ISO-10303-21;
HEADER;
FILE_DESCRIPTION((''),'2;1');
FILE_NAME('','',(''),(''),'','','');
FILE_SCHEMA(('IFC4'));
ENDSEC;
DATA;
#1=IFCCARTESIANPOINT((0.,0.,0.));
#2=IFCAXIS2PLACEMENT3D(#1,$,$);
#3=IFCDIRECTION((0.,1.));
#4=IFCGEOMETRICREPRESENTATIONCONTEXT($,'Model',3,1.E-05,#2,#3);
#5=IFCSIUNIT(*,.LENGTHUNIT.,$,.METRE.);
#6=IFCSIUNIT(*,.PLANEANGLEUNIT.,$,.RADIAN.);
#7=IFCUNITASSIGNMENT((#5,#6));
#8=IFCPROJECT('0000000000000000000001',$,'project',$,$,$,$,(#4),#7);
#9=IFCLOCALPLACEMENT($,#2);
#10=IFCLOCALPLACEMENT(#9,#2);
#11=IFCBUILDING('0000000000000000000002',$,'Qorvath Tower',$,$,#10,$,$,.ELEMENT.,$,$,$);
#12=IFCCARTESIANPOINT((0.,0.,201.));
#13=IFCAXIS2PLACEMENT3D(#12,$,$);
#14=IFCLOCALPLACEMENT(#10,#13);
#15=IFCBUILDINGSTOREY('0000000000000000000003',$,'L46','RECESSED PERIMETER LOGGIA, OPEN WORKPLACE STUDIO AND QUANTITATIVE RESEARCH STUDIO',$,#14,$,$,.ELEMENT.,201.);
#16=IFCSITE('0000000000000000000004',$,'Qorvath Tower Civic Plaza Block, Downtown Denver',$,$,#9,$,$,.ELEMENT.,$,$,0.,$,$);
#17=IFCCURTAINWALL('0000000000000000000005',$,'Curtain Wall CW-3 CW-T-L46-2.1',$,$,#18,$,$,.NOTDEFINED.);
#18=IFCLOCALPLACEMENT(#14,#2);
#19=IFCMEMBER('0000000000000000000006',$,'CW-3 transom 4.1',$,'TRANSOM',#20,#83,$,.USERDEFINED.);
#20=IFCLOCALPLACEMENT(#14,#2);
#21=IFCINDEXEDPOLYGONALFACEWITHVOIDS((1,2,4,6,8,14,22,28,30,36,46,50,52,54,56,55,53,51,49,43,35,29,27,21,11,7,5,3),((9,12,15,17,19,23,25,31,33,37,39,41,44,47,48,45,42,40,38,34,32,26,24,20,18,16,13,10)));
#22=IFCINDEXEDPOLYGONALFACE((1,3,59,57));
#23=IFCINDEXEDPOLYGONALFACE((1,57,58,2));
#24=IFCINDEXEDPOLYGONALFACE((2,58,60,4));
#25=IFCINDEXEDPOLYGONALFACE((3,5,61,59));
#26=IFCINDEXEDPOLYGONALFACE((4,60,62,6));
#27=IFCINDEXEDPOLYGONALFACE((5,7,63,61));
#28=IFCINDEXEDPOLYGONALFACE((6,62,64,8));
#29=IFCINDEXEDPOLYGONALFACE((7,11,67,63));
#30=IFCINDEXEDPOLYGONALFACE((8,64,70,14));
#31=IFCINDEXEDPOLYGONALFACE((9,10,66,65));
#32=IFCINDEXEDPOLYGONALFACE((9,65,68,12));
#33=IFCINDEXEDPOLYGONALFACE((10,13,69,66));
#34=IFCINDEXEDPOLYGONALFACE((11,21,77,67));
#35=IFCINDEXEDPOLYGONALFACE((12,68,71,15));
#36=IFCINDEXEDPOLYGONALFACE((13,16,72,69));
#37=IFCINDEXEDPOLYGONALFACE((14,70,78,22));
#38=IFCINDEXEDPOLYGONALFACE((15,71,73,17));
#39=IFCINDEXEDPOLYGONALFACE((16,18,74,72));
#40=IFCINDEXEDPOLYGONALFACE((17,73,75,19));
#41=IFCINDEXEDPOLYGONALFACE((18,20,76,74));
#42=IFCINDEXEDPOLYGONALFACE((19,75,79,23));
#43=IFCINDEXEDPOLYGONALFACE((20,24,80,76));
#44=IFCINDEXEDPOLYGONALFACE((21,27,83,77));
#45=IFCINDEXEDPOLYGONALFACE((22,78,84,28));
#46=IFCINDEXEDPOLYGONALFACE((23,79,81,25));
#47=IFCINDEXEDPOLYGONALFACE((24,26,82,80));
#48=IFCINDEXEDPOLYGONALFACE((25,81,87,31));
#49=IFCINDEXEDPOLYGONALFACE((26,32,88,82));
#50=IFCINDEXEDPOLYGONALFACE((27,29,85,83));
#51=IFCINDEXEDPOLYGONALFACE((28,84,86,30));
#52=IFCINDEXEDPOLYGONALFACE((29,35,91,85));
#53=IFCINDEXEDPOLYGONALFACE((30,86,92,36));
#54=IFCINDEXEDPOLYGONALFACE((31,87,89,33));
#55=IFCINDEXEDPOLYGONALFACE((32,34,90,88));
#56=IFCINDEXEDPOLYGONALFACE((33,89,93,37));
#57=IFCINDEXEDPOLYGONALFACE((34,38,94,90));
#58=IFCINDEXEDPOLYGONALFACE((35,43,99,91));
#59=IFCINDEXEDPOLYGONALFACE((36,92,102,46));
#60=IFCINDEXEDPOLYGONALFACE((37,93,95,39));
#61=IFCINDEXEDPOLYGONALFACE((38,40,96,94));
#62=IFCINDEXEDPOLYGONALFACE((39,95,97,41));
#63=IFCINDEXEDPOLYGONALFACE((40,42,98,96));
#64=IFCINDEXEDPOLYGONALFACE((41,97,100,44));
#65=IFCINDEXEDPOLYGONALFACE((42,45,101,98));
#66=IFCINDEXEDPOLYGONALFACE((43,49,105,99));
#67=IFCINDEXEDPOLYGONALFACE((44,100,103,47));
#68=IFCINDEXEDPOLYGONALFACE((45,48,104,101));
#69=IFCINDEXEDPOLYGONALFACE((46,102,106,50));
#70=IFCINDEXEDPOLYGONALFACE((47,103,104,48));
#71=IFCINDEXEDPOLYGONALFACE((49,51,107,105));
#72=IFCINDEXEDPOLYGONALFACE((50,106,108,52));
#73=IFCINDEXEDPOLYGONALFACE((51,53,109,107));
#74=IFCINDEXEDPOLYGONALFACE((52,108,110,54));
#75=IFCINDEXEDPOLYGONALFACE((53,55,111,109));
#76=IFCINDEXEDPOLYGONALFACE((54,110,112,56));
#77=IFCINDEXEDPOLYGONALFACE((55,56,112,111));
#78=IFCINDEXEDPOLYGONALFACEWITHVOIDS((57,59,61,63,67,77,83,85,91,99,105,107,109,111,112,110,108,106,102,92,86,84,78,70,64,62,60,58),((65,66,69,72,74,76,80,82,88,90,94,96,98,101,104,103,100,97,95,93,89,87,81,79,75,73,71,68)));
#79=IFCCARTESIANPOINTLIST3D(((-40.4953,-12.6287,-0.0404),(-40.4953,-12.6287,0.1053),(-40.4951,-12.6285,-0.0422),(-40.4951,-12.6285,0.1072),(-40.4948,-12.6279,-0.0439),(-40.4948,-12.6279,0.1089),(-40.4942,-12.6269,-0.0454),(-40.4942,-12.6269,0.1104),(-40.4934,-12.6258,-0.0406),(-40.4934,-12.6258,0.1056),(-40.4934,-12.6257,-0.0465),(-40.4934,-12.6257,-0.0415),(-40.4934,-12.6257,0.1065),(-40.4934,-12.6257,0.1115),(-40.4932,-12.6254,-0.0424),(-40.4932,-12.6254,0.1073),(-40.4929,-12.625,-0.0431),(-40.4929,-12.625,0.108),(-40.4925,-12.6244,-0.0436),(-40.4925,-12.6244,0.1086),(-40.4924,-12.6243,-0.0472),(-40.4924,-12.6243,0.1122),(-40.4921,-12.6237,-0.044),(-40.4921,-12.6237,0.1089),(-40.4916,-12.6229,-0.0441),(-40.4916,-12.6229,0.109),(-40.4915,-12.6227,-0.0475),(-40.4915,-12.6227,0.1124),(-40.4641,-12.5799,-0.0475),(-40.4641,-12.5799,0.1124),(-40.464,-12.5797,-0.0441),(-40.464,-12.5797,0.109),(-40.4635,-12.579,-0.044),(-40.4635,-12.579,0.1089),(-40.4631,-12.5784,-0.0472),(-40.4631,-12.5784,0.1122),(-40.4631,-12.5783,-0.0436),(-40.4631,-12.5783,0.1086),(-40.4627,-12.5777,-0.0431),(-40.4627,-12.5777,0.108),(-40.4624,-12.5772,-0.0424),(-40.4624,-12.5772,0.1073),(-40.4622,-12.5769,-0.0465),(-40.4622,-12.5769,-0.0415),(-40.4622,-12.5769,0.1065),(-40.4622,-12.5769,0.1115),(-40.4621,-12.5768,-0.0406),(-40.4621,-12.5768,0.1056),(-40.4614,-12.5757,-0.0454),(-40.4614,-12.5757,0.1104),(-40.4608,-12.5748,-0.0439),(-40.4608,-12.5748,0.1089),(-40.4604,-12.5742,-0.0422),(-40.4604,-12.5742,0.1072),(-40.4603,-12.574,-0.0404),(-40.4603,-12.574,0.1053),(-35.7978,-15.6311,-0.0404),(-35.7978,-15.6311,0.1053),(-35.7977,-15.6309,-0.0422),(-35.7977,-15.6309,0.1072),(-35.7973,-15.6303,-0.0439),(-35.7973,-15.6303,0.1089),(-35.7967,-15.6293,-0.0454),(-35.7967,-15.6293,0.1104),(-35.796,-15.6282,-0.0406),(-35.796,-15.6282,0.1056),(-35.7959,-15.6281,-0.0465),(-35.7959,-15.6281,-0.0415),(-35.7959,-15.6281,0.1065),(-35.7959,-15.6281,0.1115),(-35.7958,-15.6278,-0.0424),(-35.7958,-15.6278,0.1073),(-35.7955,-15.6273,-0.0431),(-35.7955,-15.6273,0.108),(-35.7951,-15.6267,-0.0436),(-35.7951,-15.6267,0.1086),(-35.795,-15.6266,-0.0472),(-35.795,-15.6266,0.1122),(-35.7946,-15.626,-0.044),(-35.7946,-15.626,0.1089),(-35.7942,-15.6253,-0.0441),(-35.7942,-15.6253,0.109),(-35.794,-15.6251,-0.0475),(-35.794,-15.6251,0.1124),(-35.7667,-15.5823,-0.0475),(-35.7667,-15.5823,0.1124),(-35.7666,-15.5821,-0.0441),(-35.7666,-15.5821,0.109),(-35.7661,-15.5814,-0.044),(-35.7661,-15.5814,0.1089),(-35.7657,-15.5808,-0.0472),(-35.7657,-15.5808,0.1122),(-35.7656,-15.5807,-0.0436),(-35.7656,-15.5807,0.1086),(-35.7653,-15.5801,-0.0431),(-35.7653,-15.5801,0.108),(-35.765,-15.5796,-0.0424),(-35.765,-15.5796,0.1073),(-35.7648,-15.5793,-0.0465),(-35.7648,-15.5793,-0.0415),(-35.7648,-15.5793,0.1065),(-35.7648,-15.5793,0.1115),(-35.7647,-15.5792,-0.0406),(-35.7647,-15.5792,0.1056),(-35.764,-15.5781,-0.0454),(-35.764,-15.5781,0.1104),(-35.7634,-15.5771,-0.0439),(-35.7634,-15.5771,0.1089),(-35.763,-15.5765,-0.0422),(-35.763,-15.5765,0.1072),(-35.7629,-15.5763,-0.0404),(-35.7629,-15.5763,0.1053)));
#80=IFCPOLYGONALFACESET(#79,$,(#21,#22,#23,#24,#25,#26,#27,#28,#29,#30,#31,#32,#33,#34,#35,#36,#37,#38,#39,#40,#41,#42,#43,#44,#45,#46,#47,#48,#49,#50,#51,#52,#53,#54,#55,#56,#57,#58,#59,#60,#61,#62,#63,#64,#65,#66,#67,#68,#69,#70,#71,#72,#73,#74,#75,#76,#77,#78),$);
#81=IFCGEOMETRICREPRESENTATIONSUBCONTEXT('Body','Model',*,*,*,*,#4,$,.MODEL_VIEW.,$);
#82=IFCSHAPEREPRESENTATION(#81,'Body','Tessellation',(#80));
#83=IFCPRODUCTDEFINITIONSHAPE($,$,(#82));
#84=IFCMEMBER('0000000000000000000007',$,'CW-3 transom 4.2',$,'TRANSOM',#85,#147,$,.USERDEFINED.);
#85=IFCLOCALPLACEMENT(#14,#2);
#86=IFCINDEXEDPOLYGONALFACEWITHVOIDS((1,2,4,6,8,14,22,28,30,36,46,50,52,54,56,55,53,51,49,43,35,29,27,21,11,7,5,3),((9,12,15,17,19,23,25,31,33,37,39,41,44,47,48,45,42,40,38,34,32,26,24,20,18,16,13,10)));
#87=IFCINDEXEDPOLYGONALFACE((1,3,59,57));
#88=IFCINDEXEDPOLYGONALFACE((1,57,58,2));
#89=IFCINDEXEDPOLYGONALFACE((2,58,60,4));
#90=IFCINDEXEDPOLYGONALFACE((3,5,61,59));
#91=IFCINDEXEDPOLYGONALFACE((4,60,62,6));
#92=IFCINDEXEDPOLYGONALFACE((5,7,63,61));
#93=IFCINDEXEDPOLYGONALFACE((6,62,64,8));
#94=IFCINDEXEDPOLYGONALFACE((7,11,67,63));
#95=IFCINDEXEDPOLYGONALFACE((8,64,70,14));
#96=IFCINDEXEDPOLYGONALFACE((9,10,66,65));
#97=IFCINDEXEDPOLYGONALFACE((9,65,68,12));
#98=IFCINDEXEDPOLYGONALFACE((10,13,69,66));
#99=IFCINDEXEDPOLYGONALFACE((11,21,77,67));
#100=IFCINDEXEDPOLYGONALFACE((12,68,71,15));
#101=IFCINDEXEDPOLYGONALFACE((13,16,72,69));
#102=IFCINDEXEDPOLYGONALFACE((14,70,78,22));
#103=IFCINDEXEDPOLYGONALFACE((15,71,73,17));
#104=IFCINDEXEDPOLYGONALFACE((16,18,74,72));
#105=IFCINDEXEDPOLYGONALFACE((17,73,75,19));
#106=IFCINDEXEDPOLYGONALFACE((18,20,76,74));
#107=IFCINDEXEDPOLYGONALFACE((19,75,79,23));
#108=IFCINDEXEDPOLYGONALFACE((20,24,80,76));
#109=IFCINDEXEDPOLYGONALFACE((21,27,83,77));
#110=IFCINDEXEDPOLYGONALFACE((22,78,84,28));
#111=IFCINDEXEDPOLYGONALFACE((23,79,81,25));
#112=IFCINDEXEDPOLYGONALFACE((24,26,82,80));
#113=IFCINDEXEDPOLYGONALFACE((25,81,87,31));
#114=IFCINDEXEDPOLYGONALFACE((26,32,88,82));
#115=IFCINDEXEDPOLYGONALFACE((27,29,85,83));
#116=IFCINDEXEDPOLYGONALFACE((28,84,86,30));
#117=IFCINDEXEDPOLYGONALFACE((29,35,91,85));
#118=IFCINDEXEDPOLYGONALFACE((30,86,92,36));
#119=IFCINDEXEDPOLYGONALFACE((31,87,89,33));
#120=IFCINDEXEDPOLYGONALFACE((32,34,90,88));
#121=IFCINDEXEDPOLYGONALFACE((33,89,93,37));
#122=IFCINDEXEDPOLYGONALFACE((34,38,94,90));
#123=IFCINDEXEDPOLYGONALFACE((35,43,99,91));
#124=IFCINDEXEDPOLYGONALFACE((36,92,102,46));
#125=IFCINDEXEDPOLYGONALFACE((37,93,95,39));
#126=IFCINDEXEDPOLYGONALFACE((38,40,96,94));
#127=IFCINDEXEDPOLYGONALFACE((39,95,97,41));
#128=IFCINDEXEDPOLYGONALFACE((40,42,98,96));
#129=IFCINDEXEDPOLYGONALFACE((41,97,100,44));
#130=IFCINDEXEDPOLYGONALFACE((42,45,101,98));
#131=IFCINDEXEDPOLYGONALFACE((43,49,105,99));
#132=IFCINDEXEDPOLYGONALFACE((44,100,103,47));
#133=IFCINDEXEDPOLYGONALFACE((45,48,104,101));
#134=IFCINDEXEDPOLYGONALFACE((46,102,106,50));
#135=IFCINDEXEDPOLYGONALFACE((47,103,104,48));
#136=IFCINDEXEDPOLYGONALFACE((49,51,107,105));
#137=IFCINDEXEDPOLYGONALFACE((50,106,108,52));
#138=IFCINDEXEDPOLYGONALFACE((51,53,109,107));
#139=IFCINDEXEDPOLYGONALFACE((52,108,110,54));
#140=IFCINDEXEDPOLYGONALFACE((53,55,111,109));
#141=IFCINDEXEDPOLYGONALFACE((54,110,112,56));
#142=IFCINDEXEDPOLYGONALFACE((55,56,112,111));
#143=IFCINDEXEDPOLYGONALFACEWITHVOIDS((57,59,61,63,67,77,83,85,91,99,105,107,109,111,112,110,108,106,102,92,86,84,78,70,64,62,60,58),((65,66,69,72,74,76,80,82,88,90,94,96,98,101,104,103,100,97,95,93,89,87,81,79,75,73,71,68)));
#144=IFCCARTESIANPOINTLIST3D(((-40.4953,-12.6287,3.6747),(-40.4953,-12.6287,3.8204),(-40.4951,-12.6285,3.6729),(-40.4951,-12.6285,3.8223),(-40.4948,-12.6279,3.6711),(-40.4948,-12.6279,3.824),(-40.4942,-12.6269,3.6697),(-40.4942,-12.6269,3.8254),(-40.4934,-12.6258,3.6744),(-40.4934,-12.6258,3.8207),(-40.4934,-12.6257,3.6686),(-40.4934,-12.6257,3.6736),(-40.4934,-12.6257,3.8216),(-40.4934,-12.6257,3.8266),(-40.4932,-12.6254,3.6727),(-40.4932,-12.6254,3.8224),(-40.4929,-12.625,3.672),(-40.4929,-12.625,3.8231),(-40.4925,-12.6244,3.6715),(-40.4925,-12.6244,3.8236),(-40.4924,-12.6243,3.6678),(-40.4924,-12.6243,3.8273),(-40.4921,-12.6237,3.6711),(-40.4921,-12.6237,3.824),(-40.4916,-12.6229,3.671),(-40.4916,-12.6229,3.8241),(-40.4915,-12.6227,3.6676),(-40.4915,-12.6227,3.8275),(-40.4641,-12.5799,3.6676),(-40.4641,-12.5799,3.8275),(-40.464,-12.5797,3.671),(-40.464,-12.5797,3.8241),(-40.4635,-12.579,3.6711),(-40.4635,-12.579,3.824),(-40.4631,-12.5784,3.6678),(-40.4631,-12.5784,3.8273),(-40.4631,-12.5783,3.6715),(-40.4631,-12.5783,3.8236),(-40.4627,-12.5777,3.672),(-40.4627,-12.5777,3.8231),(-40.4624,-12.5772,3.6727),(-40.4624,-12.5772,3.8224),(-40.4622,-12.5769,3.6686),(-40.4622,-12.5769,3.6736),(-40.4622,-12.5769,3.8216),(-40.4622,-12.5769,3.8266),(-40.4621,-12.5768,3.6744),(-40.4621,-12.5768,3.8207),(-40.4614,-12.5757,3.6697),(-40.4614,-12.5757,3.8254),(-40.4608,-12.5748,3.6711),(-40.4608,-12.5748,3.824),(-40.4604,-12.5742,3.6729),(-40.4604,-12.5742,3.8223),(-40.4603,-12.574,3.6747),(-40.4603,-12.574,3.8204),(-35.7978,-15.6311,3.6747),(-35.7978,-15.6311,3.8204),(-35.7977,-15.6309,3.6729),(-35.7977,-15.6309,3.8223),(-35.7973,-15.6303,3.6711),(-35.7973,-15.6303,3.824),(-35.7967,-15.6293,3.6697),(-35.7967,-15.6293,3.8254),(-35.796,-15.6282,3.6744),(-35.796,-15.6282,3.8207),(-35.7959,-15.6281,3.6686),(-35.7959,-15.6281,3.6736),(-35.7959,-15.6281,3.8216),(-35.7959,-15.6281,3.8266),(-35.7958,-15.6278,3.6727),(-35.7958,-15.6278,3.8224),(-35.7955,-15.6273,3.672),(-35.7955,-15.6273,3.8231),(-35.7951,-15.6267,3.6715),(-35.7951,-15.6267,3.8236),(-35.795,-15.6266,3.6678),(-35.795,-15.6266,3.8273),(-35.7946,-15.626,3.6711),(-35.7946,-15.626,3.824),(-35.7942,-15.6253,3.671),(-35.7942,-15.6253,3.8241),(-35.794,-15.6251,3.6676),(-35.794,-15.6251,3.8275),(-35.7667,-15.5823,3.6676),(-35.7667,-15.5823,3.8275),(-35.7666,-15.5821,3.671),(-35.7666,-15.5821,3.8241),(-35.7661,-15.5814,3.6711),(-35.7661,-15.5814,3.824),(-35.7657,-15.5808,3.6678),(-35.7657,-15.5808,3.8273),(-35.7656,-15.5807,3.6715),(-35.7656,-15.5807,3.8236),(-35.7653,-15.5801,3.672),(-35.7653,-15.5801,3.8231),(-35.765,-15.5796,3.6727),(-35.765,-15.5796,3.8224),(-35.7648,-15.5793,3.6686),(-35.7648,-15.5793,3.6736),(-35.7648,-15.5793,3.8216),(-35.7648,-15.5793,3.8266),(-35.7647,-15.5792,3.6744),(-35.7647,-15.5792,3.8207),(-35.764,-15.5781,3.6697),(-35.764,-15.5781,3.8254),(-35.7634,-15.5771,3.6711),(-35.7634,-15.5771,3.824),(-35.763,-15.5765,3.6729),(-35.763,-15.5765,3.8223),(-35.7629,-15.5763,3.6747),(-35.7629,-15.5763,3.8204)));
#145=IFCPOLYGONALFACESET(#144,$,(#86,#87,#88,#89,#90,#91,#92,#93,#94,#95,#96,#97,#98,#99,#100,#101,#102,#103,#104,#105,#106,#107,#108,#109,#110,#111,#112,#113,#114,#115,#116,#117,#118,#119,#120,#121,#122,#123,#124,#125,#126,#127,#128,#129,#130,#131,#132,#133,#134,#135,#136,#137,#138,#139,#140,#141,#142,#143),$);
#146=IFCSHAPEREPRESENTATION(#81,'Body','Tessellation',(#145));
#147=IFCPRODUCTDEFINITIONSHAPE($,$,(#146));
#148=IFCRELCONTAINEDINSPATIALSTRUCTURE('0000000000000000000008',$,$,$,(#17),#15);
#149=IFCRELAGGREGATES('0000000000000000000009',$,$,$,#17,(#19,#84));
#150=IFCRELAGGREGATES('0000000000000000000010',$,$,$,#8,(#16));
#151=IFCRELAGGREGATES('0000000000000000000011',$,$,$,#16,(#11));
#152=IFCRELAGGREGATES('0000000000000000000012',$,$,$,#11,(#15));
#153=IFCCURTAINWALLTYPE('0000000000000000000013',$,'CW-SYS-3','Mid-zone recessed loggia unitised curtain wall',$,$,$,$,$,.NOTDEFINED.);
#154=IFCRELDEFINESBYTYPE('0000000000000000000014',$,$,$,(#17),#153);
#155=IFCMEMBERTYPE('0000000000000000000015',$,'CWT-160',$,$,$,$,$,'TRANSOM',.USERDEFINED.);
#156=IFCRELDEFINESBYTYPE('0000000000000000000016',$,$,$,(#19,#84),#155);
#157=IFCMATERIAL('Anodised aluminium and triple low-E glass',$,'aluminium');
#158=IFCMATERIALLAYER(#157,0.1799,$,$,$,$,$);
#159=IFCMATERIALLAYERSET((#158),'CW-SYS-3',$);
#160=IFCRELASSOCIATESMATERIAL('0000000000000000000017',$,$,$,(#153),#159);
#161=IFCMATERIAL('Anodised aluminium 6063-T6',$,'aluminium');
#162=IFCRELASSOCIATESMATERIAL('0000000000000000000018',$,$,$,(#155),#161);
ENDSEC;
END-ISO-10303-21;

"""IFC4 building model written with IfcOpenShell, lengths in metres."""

from ifc_helpers import new_model, si_unit, direction, frame, origin, origin_2d, place, context, subcontext, project, spatial, hollow_rectangle, extrude, material, layer, layer_set, material_profile, profile_set, type_object, element, aggregate, save


model = new_model("IFC4")

# Units and contexts
model_context = context("Model", 3, precision=1e-05, world=origin(), true_north=direction((0.0, 1.0)))
body_context = subcontext(model_context, "Body", "Model", "MODEL_VIEW")
ifc_project = project(units=[si_unit("LENGTHUNIT", "METRE"), si_unit("PLANEANGLEUNIT", "RADIAN")], contexts=[model_context])

# Site, building, storey
site_placement = place(None, origin())
site = spatial("IfcSite", under=ifc_project, at=site_placement, Name="Qorvath Tower Civic Plaza Block, Downtown Denver", CompositionType="ELEMENT", RefElevation=0.0)
building_placement = place(site_placement, origin())
building = spatial("IfcBuilding", under=site, at=building_placement, Name="Qorvath Tower", CompositionType="ELEMENT")
storey_placement = place(building_placement, frame((0.0, 0.0, 201.0)))
storey = spatial("IfcBuildingStorey", under=building, at=storey_placement, Name="L46", Description="RECESSED PERIMETER LOGGIA, OPEN WORKPLACE STUDIO AND QUANTITATIVE RESEARCH STUDIO", CompositionType="ELEMENT", Elevation=201.0)

# Curtain wall, members
ifc_material_1 = material(Name="Anodised aluminium and triple low-E glass", Category="aluminium")
ifc_layer_1 = layer(ifc_material_1, 0.1799)
ifc_layer_set_1 = layer_set([ifc_layer_1], Name="CW-SYS-3")
curtain_wall_type = type_object("IfcCurtainWallType", Name="CW-SYS-3", Description="Mid-zone recessed loggia unitised curtain wall", PredefinedType="NOTDEFINED", material=ifc_layer_set_1)
curtain_wall_placement = place(storey_placement, origin())
curtain_wall = element("IfcCurtainWall", 1, at=curtain_wall_placement, inside=storey, type_object=curtain_wall_type, Name="Curtain Wall CW-3 CW-T-L46-2.1", PredefinedType="NOTDEFINED")
ifc_material_2 = material(Name="Anodised aluminium 6063-T6", Category="aluminium")
ifc_material_profile_1 = material_profile(ifc_material_2, hollow_rectangle(XDim=0.0649, YDim=0.1599, WallThickness=0.0034, InnerFilletRadius=0.0034, OuterFilletRadius=0.0071, at=origin_2d()), Name="CWT 160x65")
ifc_profile_set_1 = profile_set([ifc_material_profile_1], Name="Anodised aluminium 6063-T6")
member_type_1 = type_object("IfcMemberType", Name="CWT-160", ElementType="TRANSOM", PredefinedType="USERDEFINED", material=ifc_profile_set_1)
member_1_placement = place(storey_placement, frame((-40.4778, -12.6013, 0.0325), z_axis=(0.842594, -0.538549, 0.0), x_axis=(0.538549, 0.842594, 0.0)))
member_1 = element("IfcMember", 2, at=member_1_placement, type_object=member_type_1, Name="CW-3 transom 4.1", ObjectType="TRANSOM", PredefinedType="USERDEFINED", context=body_context, shape_type="SweptSolid", body=[
    extrude(hollow_rectangle(XDim=0.0649, YDim=0.1599, WallThickness=0.0034, InnerFilletRadius=0.0034, OuterFilletRadius=0.0071, at=origin_2d()), origin(), (0.0, 0.0, 1.0), 5.575),
])
member_2_placement = place(storey_placement, frame((-40.4778, -12.6013, 3.7476), z_axis=(0.842594, -0.538549, 0.0), x_axis=(0.538549, 0.842594, 0.0)))
member_2 = element("IfcMember", 3, at=member_2_placement, type_object=member_type_1, Name="CW-3 transom 4.2", ObjectType="TRANSOM", PredefinedType="USERDEFINED", context=body_context, shape_type="SweptSolid", body=[
    extrude(hollow_rectangle(XDim=0.0649, YDim=0.1599, WallThickness=0.0034, InnerFilletRadius=0.0034, OuterFilletRadius=0.0071, at=origin_2d()), origin(), (0.0, 0.0, 1.0), 5.575),
])

aggregate(curtain_wall, [member_1, member_2])

save(model, "model.ifc")
